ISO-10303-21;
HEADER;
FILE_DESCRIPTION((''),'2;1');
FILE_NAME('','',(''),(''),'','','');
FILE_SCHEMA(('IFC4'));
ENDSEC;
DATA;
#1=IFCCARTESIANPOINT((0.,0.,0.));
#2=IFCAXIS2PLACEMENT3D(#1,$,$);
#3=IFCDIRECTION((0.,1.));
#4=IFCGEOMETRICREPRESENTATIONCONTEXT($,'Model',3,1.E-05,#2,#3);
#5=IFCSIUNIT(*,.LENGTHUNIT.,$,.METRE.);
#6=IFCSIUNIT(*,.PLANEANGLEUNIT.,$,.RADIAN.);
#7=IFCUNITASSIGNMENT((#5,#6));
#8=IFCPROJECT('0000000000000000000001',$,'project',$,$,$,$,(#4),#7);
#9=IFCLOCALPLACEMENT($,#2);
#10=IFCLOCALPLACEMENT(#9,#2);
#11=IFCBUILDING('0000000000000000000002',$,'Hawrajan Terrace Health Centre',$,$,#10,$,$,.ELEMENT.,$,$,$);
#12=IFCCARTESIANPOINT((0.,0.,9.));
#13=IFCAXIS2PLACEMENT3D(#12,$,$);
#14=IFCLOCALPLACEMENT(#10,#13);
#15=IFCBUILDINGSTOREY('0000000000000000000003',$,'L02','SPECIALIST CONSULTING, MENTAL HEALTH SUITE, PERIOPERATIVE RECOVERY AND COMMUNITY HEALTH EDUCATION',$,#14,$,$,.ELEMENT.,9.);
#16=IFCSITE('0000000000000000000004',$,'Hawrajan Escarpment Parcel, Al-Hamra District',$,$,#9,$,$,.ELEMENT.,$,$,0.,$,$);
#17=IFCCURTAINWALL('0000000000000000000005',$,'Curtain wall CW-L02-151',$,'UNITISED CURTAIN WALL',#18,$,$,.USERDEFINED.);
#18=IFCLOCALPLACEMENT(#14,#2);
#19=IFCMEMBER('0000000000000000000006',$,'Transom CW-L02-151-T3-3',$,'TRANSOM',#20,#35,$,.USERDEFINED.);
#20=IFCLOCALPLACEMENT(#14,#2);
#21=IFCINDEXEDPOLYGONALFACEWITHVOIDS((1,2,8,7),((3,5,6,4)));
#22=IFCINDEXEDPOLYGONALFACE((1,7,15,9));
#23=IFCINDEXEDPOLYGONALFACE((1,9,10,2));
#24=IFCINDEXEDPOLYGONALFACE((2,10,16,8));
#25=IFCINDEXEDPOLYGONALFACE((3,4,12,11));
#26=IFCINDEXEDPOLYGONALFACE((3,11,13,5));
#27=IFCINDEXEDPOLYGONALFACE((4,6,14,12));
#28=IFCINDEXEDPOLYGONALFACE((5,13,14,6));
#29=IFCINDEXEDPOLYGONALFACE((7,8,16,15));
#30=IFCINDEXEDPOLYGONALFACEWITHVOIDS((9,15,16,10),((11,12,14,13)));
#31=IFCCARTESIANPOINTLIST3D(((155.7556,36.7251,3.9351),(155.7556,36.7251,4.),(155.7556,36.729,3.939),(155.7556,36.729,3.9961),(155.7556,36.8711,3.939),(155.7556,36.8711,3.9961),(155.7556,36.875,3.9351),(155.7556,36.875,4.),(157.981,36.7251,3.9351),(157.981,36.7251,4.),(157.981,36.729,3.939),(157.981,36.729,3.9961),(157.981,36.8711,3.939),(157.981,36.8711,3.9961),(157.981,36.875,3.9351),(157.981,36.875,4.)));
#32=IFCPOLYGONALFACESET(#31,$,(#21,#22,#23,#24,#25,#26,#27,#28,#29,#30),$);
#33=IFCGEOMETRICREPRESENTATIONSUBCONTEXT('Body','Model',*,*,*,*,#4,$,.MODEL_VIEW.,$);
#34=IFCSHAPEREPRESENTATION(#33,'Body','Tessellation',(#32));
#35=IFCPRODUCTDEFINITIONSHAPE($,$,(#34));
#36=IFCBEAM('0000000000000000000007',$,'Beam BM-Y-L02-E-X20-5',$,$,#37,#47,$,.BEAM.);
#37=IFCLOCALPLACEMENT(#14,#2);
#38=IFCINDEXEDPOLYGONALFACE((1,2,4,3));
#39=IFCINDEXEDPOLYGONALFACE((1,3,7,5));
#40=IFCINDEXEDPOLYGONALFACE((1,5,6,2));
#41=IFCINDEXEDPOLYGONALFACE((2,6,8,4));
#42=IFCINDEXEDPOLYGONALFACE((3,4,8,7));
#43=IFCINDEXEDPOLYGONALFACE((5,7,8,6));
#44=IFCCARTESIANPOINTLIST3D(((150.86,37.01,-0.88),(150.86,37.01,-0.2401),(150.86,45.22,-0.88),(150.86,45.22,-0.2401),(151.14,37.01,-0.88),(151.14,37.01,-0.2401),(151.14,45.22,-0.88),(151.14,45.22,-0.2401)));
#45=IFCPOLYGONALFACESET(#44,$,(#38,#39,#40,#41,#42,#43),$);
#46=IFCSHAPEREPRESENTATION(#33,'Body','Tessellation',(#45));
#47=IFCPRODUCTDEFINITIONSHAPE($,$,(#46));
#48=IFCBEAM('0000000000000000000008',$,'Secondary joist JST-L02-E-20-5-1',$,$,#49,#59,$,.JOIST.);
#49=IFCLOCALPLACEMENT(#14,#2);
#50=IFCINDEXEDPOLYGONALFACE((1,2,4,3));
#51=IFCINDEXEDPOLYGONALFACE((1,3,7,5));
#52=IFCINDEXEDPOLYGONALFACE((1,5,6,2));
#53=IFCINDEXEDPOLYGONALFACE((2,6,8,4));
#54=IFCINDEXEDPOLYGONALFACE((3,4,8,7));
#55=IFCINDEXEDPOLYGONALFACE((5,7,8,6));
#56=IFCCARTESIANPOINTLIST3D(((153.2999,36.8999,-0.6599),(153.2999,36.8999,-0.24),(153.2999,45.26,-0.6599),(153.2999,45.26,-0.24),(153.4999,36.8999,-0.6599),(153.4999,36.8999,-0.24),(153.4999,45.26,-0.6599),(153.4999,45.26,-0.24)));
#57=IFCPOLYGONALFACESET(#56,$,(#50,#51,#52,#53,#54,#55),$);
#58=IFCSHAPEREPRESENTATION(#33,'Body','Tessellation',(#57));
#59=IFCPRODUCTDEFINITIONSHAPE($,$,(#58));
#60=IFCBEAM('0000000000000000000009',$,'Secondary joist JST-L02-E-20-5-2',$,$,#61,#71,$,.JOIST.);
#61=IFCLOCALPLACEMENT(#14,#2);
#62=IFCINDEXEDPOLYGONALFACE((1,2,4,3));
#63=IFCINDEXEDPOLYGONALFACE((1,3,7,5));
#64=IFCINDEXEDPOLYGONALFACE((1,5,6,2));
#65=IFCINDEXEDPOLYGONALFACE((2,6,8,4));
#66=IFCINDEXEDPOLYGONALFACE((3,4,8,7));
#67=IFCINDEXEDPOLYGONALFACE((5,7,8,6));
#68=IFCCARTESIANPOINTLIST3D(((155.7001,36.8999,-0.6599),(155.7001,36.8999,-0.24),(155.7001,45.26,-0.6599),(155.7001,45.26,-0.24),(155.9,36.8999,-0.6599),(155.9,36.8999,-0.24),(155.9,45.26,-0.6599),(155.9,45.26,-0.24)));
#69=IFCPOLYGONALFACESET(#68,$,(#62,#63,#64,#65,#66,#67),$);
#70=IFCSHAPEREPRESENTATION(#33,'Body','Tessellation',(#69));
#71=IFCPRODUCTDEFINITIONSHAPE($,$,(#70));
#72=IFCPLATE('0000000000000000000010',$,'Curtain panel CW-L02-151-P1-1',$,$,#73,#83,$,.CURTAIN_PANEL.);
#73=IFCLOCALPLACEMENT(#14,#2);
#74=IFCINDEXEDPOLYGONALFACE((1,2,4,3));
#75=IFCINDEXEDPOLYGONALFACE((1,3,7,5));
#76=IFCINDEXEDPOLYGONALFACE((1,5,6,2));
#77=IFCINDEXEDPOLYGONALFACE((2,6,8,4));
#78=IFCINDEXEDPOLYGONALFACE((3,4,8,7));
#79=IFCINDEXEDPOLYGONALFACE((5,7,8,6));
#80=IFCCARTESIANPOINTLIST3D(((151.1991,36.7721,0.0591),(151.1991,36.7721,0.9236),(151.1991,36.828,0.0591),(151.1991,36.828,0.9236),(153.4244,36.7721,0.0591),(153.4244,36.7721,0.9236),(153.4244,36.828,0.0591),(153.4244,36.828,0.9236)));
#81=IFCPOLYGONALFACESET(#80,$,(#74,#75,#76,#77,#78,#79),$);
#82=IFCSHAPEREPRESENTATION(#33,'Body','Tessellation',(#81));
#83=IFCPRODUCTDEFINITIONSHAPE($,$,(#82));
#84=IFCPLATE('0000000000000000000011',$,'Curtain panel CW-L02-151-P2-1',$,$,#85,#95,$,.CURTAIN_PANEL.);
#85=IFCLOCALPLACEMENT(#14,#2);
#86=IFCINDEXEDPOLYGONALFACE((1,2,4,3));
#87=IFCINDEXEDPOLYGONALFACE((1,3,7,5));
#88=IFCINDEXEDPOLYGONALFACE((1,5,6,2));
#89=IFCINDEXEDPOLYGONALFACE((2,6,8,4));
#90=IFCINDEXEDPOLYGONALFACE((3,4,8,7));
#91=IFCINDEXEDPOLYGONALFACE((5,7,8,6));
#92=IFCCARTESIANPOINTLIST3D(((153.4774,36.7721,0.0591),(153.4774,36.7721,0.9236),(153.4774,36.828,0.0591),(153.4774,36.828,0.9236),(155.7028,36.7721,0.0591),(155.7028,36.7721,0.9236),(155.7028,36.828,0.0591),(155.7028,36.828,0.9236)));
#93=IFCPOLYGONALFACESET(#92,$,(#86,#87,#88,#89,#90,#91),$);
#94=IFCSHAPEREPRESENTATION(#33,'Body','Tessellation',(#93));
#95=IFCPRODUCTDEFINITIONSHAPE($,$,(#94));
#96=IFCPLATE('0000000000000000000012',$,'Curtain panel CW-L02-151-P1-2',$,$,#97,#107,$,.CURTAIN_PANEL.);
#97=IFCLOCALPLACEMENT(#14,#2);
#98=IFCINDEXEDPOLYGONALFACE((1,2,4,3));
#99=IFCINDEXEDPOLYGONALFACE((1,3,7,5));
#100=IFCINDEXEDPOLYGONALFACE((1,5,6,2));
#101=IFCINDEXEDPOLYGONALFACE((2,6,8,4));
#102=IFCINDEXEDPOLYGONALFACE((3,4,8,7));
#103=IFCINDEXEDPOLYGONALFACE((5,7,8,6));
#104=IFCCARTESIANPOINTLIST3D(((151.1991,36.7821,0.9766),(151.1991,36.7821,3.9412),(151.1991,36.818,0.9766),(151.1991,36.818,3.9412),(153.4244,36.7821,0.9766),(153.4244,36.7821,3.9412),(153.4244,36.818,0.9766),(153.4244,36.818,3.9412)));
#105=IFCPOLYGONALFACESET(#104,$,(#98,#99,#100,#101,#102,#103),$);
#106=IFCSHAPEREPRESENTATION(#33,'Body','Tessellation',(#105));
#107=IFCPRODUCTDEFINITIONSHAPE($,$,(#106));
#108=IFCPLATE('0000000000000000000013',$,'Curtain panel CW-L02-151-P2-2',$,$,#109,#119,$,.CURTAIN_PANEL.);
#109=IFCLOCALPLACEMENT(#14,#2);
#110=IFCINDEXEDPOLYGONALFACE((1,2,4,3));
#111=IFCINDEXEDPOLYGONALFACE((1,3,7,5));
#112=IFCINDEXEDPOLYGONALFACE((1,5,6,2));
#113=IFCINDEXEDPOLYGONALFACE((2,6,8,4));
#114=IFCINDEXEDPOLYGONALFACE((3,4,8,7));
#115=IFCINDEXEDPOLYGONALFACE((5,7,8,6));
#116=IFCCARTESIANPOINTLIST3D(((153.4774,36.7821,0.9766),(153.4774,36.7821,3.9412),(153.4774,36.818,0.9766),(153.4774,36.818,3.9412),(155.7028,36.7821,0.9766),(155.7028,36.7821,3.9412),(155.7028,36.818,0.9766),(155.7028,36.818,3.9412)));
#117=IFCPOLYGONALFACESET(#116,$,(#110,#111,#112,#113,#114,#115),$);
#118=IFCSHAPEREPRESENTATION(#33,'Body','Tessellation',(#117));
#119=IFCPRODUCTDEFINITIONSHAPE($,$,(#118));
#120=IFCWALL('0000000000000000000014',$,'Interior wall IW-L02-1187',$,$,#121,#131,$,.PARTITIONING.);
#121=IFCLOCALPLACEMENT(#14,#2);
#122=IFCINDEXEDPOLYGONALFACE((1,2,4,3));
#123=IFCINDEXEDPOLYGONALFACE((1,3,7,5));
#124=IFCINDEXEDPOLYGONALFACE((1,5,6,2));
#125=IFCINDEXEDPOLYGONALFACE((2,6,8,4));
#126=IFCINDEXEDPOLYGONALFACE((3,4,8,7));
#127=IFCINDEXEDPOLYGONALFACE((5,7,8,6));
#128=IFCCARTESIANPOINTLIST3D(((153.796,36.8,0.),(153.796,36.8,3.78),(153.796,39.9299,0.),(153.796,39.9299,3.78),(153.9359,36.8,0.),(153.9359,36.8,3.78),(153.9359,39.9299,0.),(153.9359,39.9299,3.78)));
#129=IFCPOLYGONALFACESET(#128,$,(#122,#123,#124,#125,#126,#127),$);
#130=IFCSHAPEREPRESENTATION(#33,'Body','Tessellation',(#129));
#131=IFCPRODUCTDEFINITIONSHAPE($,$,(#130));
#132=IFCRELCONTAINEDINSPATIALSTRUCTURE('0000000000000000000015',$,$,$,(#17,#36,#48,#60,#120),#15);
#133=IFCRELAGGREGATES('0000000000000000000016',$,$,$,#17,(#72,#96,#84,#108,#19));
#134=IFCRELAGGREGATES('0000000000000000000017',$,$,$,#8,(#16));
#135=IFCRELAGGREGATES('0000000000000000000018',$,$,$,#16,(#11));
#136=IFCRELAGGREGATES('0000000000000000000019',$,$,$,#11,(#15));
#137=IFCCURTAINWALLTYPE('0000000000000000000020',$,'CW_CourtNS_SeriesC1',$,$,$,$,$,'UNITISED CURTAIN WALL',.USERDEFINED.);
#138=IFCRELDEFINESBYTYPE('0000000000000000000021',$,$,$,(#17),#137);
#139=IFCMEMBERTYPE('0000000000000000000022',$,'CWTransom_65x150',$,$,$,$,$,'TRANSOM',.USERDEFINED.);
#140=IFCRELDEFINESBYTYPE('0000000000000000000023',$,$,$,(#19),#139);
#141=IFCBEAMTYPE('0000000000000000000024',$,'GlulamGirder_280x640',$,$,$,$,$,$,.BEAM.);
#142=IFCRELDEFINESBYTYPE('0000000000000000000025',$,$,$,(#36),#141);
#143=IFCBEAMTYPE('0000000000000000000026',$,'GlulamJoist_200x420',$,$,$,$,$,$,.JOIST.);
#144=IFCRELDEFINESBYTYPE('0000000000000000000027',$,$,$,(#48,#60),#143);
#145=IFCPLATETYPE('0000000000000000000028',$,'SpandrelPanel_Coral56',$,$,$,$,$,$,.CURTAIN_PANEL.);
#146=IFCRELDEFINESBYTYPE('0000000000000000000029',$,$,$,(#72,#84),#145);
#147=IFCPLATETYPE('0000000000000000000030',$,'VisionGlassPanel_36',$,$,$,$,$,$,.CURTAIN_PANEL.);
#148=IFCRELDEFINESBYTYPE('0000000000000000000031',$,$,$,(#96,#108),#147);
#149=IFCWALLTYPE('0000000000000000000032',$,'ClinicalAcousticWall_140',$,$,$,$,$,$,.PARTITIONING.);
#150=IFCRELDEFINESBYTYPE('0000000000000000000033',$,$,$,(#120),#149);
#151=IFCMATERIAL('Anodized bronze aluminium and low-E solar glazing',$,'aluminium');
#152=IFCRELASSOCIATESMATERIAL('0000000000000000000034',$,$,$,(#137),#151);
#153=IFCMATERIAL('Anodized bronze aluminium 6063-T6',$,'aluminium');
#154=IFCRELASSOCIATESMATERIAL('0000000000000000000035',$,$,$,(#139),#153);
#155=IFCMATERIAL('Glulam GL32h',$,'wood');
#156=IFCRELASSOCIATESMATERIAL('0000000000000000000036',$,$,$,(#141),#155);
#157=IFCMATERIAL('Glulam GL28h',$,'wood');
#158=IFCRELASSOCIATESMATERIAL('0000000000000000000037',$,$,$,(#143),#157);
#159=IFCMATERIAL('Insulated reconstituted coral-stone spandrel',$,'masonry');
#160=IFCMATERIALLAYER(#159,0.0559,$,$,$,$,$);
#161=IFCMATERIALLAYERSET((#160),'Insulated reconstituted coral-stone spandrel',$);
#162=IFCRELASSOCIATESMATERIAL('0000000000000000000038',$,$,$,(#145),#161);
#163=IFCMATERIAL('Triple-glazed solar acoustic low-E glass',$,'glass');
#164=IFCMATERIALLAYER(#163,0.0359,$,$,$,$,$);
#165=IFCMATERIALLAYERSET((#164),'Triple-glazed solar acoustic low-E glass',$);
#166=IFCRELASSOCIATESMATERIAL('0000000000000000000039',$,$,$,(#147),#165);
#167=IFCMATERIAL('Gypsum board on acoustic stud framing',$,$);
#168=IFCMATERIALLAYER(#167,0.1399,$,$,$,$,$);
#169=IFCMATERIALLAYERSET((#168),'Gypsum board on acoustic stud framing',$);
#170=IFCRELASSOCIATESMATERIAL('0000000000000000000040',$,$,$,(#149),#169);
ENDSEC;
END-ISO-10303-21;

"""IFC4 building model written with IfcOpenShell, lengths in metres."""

from ifc_helpers import new_model, si_unit, direction, frame, frame_2d, origin, origin_2d, place, context, subcontext, project, spatial, rectangle, hollow_rectangle, extrude, material, layer, layer_set, material_profile, profile_set, type_object, element, aggregate, save


model = new_model("IFC4")

# Units and contexts
model_context = context("Model", 3, precision=1e-05, world=origin(), true_north=direction((0.0, 1.0)))
body_context = subcontext(model_context, "Body", "Model", "MODEL_VIEW")
ifc_project = project(units=[si_unit("LENGTHUNIT", "METRE"), si_unit("PLANEANGLEUNIT", "RADIAN")], contexts=[model_context])

# Site, building, storey
site_placement = place(None, origin())
site = spatial("IfcSite", under=ifc_project, at=site_placement, Name="Hawrajan Escarpment Parcel, Al-Hamra District", CompositionType="ELEMENT", RefElevation=0.0)
building_placement = place(site_placement, origin())
building = spatial("IfcBuilding", under=site, at=building_placement, Name="Hawrajan Terrace Health Centre", CompositionType="ELEMENT")
storey_placement = place(building_placement, frame((0.0, 0.0, 9.0)))
storey = spatial("IfcBuildingStorey", under=building, at=storey_placement, Name="L02", Description="SPECIALIST CONSULTING, MENTAL HEALTH SUITE, PERIOPERATIVE RECOVERY AND COMMUNITY HEALTH EDUCATION", CompositionType="ELEMENT", Elevation=9.0)

# Curtain wall, member
ifc_material_1 = material(Name="Anodized bronze aluminium and low-E solar glazing", Category="aluminium")
curtain_wall_type = type_object("IfcCurtainWallType", Name="CW_CourtNS_SeriesC1", ElementType="UNITISED CURTAIN WALL", PredefinedType="USERDEFINED", material=ifc_material_1)
curtain_wall_placement = place(storey_placement, origin())
curtain_wall = element("IfcCurtainWall", 1, at=curtain_wall_placement, inside=storey, type_object=curtain_wall_type, Name="Curtain wall CW-L02-151", ObjectType="UNITISED CURTAIN WALL", PredefinedType="USERDEFINED")
ifc_material_2 = material(Name="Anodized bronze aluminium 6063-T6", Category="aluminium")
ifc_material_profile_1 = material_profile(ifc_material_2, hollow_rectangle(XDim=0.0649, YDim=0.1499, WallThickness=0.0039, at=origin_2d()), Name="CW TRN 65x150")
ifc_profile_set_1 = profile_set([ifc_material_profile_1], Name="Anodized bronze aluminium 6063-T6")
member_type_1 = type_object("IfcMemberType", Name="CWTransom_65x150", ElementType="TRANSOM", PredefinedType="USERDEFINED", material=ifc_profile_set_1)
member_1_placement = place(storey_placement, frame((155.7556, 36.8, 3.9675), z_axis=(1.0, 0.0, 0.0), x_axis=(0.0, 0.0, 1.0)))
member_1 = element("IfcMember", 2, at=member_1_placement, type_object=member_type_1, Name="Transom CW-L02-151-T3-3", ObjectType="TRANSOM", PredefinedType="USERDEFINED", context=body_context, shape_type="SweptSolid", body=[
    extrude(hollow_rectangle(XDim=0.0649, YDim=0.1499, WallThickness=0.0039, at=origin_2d()), origin(), (0.0, 0.0, 1.0), 2.2253),
])

# Beams
ifc_material_3 = material(Name="Glulam GL32h", Category="wood")
ifc_material_profile_2 = material_profile(ifc_material_3, rectangle(XDim=0.28, YDim=0.6399, at=origin_2d()), Name="GL BM 280x640")
ifc_profile_set_2 = profile_set([ifc_material_profile_2], Name="Glulam GL32h")
beam_type_1 = type_object("IfcBeamType", Name="GlulamGirder_280x640", PredefinedType="BEAM", material=ifc_profile_set_2)
beam_placement = place(storey_placement, frame((151.0, 37.01, -0.5601), z_axis=(0.0, 1.0, 0.0), x_axis=(-1.0, 0.0, 0.0)))
element("IfcBeam", 3, at=beam_placement, inside=storey, type_object=beam_type_1, Name="Beam BM-Y-L02-E-X20-5", PredefinedType="BEAM", context=body_context, shape_type="SweptSolid", body=[
    extrude(rectangle(XDim=0.28, YDim=0.6399, at=origin_2d()), origin(), (0.0, 0.0, 1.0), 8.21),
])
ifc_material_4 = material(Name="Glulam GL28h", Category="wood")
ifc_material_profile_3 = material_profile(ifc_material_4, rectangle(XDim=0.2, YDim=0.4199, at=origin_2d()), Name="GL JST 200x420")
ifc_profile_set_3 = profile_set([ifc_material_profile_3], Name="Glulam GL28h")
beam_type_2 = type_object("IfcBeamType", Name="GlulamJoist_200x420", PredefinedType="JOIST", material=ifc_profile_set_3)
for number, where, z_axis, x_axis, name in (
    (4, (153.3999, 36.8999, -0.45), (0.0, 1.0, 0.0), (-1.0, 0.0, 0.0), "Secondary joist JST-L02-E-20-5-1"),
    (5, (155.8, 36.8999, -0.45), (0.0, 1.0, 0.0), (-1.0, 0.0, 0.0), "Secondary joist JST-L02-E-20-5-2"),
):
    element("IfcBeam", number, at=place(storey_placement, frame(where, z_axis=z_axis, x_axis=x_axis)), inside=storey, type_object=beam_type_2, Name=name, PredefinedType="JOIST", context=body_context, shape_type="SweptSolid", body=[
        extrude(rectangle(XDim=0.2, YDim=0.4199, at=origin_2d()), origin(), (0.0, 0.0, 1.0), 8.3601),
    ])

# Plates
ifc_material_5 = material(Name="Insulated reconstituted coral-stone spandrel", Category="masonry")
ifc_layer_1 = layer(ifc_material_5, 0.0559)
ifc_layer_set_1 = layer_set([ifc_layer_1], Name="Insulated reconstituted coral-stone spandrel")
plate_type_1 = type_object("IfcPlateType", Name="SpandrelPanel_Coral56", PredefinedType="CURTAIN_PANEL", material=ifc_layer_set_1)
plate_1_placement = place(storey_placement, frame((152.3118, 36.8, 0.0591), z_axis=(0.0, 0.0, 1.0), x_axis=(1.0, 0.0, 0.0)))
plate_1 = element("IfcPlate", 6, at=plate_1_placement, type_object=plate_type_1, Name="Curtain panel CW-L02-151-P1-1", PredefinedType="CURTAIN_PANEL", context=body_context, shape_type="SweptSolid", body=[
    extrude(rectangle(XDim=2.2253, YDim=0.0559, at=origin_2d()), origin(), (0.0, 0.0, 1.0), 0.8645),
])
plate_2_placement = place(storey_placement, frame((154.5901, 36.8, 0.0591), z_axis=(0.0, 0.0, 1.0), x_axis=(1.0, 0.0, 0.0)))
plate_2 = element("IfcPlate", 7, at=plate_2_placement, type_object=plate_type_1, Name="Curtain panel CW-L02-151-P2-1", PredefinedType="CURTAIN_PANEL", context=body_context, shape_type="SweptSolid", body=[
    extrude(rectangle(XDim=2.2253, YDim=0.0559, at=origin_2d()), origin(), (0.0, 0.0, 1.0), 0.8645),
])
ifc_material_6 = material(Name="Triple-glazed solar acoustic low-E glass", Category="glass")
ifc_layer_2 = layer(ifc_material_6, 0.0359)
ifc_layer_set_2 = layer_set([ifc_layer_2], Name="Triple-glazed solar acoustic low-E glass")
plate_type_2 = type_object("IfcPlateType", Name="VisionGlassPanel_36", PredefinedType="CURTAIN_PANEL", material=ifc_layer_set_2)
plate_3_placement = place(storey_placement, frame((152.3118, 36.8, 0.9766), z_axis=(0.0, 0.0, 1.0), x_axis=(1.0, 0.0, 0.0)))
plate_3 = element("IfcPlate", 8, at=plate_3_placement, type_object=plate_type_2, Name="Curtain panel CW-L02-151-P1-2", PredefinedType="CURTAIN_PANEL", context=body_context, shape_type="SweptSolid", body=[
    extrude(rectangle(XDim=2.2253, YDim=0.0359, at=origin_2d()), origin(), (0.0, 0.0, 1.0), 2.9646),
])
plate_4_placement = place(storey_placement, frame((154.5901, 36.8, 0.9766), z_axis=(0.0, 0.0, 1.0), x_axis=(1.0, 0.0, 0.0)))
plate_4 = element("IfcPlate", 9, at=plate_4_placement, type_object=plate_type_2, Name="Curtain panel CW-L02-151-P2-2", PredefinedType="CURTAIN_PANEL", context=body_context, shape_type="SweptSolid", body=[
    extrude(rectangle(XDim=2.2253, YDim=0.0359, at=origin_2d()), origin(), (0.0, 0.0, 1.0), 2.9646),
])
aggregate(curtain_wall, [plate_1, plate_3, plate_2, plate_4, member_1])

# Shared definitions
ifc_material_7 = material(Name="Gypsum board on acoustic stud framing")
ifc_layer_3 = layer(ifc_material_7, 0.1399)
ifc_layer_set_3 = layer_set([ifc_layer_3], Name="Gypsum board on acoustic stud framing")
wall_type = type_object("IfcWallType", Name="ClinicalAcousticWall_140", PredefinedType="PARTITIONING", material=ifc_layer_set_3)

# Wall
wall_1_placement = place(storey_placement, frame((153.866, 36.8, 0.0), z_axis=(0.0, 0.0, 1.0), x_axis=(0.0, 1.0, 0.0)))
element("IfcWall", 10, at=wall_1_placement, inside=storey, type_object=wall_type, Name="Interior wall IW-L02-1187", PredefinedType="PARTITIONING", context=body_context, shape_type="SweptSolid", body=[
    extrude(rectangle(XDim=3.1299, YDim=0.1399, at=frame_2d((1.5649, 0.0))), origin(), (0.0, 0.0, 1.0), 3.78),
])

save(model, "model.ifc")
